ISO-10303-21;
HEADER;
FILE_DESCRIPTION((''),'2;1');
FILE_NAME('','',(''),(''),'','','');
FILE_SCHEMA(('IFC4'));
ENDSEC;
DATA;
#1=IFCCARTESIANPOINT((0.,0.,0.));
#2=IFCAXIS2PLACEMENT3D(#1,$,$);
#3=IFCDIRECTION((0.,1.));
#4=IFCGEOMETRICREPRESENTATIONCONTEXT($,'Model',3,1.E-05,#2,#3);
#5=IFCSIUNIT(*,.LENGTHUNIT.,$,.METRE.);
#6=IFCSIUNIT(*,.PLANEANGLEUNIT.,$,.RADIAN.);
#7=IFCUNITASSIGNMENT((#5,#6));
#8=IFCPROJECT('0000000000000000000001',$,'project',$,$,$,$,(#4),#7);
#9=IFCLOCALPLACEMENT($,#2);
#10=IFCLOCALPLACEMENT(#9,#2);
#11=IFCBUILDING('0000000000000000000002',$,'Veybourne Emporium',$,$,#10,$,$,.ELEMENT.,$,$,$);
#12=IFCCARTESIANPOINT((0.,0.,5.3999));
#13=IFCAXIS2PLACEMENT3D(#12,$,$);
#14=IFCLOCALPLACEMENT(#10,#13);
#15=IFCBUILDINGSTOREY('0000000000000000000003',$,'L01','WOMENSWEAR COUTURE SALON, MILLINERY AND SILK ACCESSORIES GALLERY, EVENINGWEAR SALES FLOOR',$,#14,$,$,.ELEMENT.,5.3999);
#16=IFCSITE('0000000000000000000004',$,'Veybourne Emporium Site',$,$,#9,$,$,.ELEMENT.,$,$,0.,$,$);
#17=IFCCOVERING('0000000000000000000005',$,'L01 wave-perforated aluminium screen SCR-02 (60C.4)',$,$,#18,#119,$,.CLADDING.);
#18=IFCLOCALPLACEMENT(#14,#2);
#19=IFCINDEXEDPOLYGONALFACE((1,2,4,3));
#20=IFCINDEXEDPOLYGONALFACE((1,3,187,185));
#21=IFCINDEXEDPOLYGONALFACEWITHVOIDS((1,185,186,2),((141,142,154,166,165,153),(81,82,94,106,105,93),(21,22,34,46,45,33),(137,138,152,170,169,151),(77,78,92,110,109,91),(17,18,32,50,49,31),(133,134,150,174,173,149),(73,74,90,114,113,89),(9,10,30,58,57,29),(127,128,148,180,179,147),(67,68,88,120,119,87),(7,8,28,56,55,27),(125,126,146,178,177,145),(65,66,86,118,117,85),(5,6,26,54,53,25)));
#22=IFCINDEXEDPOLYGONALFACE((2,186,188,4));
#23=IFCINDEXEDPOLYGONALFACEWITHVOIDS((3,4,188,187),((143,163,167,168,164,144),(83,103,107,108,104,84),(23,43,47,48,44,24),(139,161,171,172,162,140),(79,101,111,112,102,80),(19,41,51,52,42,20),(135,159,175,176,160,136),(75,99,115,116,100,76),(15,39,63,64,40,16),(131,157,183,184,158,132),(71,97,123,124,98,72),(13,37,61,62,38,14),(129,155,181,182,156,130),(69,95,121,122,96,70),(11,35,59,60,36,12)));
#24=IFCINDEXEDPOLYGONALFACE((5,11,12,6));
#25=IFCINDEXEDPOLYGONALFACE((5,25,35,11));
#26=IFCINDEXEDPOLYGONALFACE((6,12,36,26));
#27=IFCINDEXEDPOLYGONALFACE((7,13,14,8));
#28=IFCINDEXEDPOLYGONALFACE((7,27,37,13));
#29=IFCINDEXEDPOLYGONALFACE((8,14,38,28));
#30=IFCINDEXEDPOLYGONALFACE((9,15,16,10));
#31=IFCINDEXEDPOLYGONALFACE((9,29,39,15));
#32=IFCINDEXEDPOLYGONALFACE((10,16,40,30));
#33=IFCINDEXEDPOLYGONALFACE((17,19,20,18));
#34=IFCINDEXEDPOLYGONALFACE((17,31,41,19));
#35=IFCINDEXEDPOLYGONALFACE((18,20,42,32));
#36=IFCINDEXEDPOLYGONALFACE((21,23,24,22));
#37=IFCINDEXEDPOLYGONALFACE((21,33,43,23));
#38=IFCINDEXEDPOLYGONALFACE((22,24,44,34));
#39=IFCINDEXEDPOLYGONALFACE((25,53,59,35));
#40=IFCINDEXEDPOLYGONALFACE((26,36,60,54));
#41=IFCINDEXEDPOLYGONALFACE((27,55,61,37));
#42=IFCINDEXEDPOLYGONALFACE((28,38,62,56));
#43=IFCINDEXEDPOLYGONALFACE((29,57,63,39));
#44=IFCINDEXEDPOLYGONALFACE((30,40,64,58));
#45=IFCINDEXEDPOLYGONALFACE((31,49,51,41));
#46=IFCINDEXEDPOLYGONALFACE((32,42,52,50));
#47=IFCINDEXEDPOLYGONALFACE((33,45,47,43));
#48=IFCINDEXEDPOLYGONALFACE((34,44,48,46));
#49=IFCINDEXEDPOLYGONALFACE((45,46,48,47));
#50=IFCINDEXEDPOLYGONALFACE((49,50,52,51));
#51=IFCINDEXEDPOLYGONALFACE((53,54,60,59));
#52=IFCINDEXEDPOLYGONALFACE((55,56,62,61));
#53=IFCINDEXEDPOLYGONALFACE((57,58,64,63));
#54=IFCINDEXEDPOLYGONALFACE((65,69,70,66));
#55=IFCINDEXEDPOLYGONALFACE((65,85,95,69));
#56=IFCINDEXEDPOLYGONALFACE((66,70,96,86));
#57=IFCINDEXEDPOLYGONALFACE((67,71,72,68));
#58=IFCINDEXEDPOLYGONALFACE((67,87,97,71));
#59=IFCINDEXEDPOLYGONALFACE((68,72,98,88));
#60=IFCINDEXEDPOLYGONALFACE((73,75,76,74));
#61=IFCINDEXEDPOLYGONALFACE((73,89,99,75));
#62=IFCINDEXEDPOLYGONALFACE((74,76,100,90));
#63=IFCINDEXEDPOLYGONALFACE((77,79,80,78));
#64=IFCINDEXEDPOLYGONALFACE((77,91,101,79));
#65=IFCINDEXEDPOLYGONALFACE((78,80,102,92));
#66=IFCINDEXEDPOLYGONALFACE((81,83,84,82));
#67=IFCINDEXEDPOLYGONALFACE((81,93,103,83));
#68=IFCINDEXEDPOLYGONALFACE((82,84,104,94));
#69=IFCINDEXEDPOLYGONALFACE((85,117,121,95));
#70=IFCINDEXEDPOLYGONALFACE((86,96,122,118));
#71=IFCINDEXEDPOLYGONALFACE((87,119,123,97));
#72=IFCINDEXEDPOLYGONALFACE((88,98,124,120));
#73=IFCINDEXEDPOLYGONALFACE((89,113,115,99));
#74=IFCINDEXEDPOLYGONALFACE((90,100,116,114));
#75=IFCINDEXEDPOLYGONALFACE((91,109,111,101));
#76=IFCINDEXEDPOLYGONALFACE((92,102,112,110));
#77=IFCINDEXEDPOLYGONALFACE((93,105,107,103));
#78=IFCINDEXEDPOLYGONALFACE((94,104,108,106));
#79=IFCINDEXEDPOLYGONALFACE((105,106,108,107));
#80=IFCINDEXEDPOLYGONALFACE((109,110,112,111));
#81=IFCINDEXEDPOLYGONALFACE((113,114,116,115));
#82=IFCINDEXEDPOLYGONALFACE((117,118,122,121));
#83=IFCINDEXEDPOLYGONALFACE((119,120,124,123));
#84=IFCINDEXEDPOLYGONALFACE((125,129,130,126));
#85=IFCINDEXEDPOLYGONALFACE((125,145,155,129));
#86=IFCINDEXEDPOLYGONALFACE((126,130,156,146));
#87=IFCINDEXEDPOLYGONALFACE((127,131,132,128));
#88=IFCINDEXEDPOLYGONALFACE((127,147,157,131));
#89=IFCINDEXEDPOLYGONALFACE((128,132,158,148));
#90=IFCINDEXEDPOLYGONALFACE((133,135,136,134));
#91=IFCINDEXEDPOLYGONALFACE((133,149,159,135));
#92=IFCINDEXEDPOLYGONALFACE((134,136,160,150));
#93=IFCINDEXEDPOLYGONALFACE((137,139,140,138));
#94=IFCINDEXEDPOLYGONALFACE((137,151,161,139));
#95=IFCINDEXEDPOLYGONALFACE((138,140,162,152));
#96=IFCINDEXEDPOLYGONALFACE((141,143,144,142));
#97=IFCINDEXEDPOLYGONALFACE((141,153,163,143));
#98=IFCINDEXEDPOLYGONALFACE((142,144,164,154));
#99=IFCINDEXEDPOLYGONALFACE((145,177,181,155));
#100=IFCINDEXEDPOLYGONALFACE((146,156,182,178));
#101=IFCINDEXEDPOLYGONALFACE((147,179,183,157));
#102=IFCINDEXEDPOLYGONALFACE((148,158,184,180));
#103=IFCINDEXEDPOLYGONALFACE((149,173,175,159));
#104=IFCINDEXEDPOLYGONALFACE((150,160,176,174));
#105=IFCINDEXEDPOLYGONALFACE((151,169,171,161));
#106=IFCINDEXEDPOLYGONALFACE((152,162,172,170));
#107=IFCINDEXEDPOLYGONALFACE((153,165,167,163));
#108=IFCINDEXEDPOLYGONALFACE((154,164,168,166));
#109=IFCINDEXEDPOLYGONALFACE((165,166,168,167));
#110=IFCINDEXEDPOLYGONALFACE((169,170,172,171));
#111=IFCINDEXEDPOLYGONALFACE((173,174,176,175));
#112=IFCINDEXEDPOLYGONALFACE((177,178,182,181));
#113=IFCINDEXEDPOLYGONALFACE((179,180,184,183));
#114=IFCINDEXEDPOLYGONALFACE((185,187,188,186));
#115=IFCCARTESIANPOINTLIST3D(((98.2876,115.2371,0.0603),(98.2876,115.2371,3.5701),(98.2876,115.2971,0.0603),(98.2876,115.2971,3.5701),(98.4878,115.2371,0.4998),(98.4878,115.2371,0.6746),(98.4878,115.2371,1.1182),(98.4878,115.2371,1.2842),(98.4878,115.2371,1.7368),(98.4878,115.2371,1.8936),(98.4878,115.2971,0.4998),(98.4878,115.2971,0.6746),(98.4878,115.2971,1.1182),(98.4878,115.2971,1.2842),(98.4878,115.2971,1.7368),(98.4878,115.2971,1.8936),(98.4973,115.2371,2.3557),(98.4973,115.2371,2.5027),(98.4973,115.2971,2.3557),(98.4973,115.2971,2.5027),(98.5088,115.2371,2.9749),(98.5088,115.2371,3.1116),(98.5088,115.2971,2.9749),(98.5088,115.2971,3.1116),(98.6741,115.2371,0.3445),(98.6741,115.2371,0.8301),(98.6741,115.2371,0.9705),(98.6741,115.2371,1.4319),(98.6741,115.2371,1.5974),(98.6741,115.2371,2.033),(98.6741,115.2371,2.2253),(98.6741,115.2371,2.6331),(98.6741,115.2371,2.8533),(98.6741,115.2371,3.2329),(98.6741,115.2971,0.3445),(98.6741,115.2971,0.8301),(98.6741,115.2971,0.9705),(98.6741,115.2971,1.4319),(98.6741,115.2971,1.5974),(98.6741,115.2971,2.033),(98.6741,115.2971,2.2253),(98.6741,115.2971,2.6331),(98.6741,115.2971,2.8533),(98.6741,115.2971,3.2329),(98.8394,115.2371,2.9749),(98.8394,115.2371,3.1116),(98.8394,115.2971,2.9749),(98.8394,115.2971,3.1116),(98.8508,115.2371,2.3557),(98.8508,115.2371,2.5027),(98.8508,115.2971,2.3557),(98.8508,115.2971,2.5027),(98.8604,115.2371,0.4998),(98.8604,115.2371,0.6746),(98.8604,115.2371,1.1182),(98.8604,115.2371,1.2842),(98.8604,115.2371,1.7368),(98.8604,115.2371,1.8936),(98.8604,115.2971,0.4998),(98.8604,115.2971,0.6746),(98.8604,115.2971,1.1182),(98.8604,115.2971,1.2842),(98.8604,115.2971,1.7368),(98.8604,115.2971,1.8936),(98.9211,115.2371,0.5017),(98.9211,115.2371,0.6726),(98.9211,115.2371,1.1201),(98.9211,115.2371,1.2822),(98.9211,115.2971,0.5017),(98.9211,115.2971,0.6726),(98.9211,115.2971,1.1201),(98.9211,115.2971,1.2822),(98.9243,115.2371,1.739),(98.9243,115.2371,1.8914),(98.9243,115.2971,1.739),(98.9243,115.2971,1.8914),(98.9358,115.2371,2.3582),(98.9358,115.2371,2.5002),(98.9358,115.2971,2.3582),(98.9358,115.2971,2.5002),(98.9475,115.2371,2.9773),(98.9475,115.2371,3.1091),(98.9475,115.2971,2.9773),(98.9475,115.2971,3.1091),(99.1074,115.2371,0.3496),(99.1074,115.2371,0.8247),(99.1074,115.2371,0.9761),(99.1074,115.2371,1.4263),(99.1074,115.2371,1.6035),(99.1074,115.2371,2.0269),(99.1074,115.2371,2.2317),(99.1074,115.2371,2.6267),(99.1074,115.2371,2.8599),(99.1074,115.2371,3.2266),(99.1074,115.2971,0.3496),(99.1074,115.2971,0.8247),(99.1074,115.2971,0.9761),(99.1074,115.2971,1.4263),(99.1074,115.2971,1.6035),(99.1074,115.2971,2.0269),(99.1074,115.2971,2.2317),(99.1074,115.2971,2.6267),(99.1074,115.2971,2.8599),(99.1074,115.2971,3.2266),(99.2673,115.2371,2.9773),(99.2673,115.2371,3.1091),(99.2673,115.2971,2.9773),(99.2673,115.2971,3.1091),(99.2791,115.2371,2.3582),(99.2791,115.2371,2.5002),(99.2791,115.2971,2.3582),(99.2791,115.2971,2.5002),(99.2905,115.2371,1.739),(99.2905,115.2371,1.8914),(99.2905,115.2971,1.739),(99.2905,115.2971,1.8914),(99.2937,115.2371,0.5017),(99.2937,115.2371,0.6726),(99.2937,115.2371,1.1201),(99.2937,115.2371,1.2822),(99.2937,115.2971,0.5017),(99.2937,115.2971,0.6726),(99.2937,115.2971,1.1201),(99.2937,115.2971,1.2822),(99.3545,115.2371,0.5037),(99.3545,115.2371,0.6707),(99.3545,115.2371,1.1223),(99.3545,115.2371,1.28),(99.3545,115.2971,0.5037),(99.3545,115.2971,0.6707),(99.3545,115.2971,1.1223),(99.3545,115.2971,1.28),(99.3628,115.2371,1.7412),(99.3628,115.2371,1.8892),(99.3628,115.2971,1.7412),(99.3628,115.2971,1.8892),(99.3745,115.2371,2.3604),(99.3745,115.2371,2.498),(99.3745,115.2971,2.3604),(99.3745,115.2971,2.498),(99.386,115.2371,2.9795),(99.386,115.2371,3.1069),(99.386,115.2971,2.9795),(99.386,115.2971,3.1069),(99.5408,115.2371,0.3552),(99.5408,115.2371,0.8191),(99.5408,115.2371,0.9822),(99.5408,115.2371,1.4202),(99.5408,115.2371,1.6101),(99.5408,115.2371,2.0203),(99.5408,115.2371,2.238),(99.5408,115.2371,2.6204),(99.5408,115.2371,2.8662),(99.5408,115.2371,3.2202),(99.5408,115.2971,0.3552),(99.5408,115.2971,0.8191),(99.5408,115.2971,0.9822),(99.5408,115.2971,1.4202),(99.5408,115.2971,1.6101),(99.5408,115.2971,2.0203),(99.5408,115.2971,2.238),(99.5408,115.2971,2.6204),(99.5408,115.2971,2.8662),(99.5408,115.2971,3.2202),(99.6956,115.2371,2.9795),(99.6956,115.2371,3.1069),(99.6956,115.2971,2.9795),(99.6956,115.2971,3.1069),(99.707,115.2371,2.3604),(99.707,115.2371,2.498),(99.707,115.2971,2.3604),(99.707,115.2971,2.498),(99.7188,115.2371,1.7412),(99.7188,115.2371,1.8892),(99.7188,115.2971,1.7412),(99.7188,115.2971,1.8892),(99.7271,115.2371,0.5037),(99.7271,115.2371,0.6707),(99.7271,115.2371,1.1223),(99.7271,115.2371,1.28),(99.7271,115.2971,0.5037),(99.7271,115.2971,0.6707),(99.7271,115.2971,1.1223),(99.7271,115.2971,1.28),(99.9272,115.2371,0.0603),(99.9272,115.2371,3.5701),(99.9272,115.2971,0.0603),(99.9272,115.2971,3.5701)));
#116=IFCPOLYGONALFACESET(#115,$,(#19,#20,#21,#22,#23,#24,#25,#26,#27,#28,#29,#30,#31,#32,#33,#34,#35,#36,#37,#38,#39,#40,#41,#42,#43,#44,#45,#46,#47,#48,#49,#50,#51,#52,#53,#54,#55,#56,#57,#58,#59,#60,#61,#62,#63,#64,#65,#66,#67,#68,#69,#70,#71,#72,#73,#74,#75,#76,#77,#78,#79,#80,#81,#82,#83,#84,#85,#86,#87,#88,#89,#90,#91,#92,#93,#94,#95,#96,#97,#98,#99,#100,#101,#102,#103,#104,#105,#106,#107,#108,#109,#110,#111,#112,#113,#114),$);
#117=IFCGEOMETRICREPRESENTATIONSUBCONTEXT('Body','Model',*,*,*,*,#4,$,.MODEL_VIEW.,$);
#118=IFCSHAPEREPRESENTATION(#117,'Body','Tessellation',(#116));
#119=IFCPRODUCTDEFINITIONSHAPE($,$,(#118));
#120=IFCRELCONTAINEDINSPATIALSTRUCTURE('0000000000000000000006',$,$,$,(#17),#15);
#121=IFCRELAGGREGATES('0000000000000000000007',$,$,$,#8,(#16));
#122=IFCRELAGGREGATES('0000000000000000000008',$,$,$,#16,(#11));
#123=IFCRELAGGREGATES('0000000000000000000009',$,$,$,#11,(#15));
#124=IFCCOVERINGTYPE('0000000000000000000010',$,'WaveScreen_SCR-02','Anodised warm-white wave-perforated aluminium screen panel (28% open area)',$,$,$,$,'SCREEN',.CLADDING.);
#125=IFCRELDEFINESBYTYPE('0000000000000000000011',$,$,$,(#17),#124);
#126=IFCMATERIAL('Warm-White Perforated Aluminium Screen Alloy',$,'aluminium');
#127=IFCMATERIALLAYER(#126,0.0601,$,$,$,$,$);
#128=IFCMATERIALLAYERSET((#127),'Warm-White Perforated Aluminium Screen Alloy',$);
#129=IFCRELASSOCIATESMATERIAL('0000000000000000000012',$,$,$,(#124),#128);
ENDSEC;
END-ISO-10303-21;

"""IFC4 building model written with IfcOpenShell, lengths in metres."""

from ifc_helpers import new_model, si_unit, direction, frame, origin, place, context, subcontext, project, spatial, polyline, outline, extrude, material, layer, layer_set, type_object, element, save


model = new_model("IFC4")

# Units and contexts
model_context = context("Model", 3, precision=1e-05, world=origin(), true_north=direction((0.0, 1.0)))
body_context = subcontext(model_context, "Body", "Model", "MODEL_VIEW")
ifc_project = project(units=[si_unit("LENGTHUNIT", "METRE"), si_unit("PLANEANGLEUNIT", "RADIAN")], contexts=[model_context])

# Site, building, storey
site_placement = place(None, origin())
site = spatial("IfcSite", under=ifc_project, at=site_placement, Name="Veybourne Emporium Site", CompositionType="ELEMENT", RefElevation=0.0)
building_placement = place(site_placement, origin())
building = spatial("IfcBuilding", under=site, at=building_placement, Name="Veybourne Emporium", CompositionType="ELEMENT")
storey_placement = place(building_placement, frame((0.0, 0.0, 5.3999)))
storey = spatial("IfcBuildingStorey", under=building, at=storey_placement, Name="L01", Description="WOMENSWEAR COUTURE SALON, MILLINERY AND SILK ACCESSORIES GALLERY, EVENINGWEAR SALES FLOOR", CompositionType="ELEMENT", Elevation=5.3999)

# Covering
ifc_material_1 = material(Name="Warm-White Perforated Aluminium Screen Alloy", Category="aluminium")
ifc_layer_1 = layer(ifc_material_1, 0.0601)
ifc_layer_set_1 = layer_set([ifc_layer_1], Name="Warm-White Perforated Aluminium Screen Alloy")
covering_type_1 = type_object("IfcCoveringType", Name="WaveScreen_SCR-02", Description="Anodised warm-white wave-perforated aluminium screen panel (28% open area)", ElementType="SCREEN", PredefinedType="CLADDING", material=ifc_layer_set_1)
covering_1_placement = place(storey_placement, frame((99.1074, 115.2971, 1.8152), z_axis=(0.0, -1.0, 0.0), x_axis=(1.0, 0.0, 0.0)))
element("IfcCovering", 1, at=covering_1_placement, inside=storey, type_object=covering_type_1, Name="L01 wave-perforated aluminium screen SCR-02 (60C.4)", PredefinedType="CLADDING", context=body_context, shape_type="SweptSolid", body=[
    extrude(outline(polyline([(-0.8198, -1.7549), (0.8198, -1.7549), (0.8198, 1.7549), (-0.8198, 1.7549), (-0.8198, -1.7549)]), holes=[polyline([(-0.4333, -0.9851), (-0.2471, -1.1406), (-0.2471, -1.3154), (-0.4333, -1.4707), (-0.6196, -1.3154), (-0.6196, -1.1406), (-0.4333, -0.9851)]), polyline([(-0.4333, -0.3833), (-0.2471, -0.531), (-0.2471, -0.697), (-0.4333, -0.8447), (-0.6196, -0.697), (-0.6196, -0.531), (-0.4333, -0.3833)]), polyline([(-0.4333, 0.2178), (-0.2471, 0.0784), (-0.2471, -0.0784), (-0.4333, -0.2178), (-0.6196, -0.0784), (-0.6196, 0.0784), (-0.4333, 0.2178)]), polyline([(-0.4333, 0.8179), (-0.2566, 0.6875), (-0.2566, 0.5405), (-0.4333, 0.4102), (-0.6101, 0.5405), (-0.6101, 0.6875), (-0.4333, 0.8179)]), polyline([(-0.4333, 1.4177), (-0.2681, 1.2964), (-0.2681, 1.1597), (-0.4333, 1.0381), (-0.5986, 1.1597), (-0.5986, 1.2964), (-0.4333, 1.4177)]), polyline([(0.0, -0.9905), (0.1863, -1.1426), (0.1863, -1.3135), (0.0, -1.4656), (-0.1863, -1.3135), (-0.1863, -1.1426), (0.0, -0.9905)]), polyline([(0.0, -0.3889), (0.1863, -0.533), (0.1863, -0.6951), (0.0, -0.8391), (-0.1863, -0.6951), (-0.1863, -0.533), (0.0, -0.3889)]), polyline([(0.0, 0.2117), (0.1831, 0.0762), (0.1831, -0.0762), (0.0, -0.2117), (-0.1831, -0.0762), (-0.1831, 0.0762), (0.0, 0.2117)]), polyline([(0.0, 0.8115), (0.1716, 0.6851), (0.1716, 0.543), (0.0, 0.4165), (-0.1716, 0.543), (-0.1716, 0.6851), (0.0, 0.8115)]), polyline([(0.0, 1.4114), (0.1599, 1.2939), (0.1599, 1.1621), (0.0, 1.0447), (-0.1599, 1.1621), (-0.1599, 1.2939), (0.0, 1.4114)]), polyline([(0.4333, -0.9961), (0.6196, -1.1445), (0.6196, -1.3115), (0.4333, -1.46), (0.2471, -1.3115), (0.2471, -1.1445), (0.4333, -0.9961)]), polyline([(0.4333, -0.395), (0.6196, -0.5352), (0.6196, -0.6929), (0.4333, -0.833), (0.2471, -0.6929), (0.2471, -0.5352), (0.4333, -0.395)]), polyline([(0.4333, 0.2051), (0.6113, 0.074), (0.6113, -0.074), (0.4333, -0.2051), (0.2554, -0.074), (0.2554, 0.074), (0.4333, 0.2051)]), polyline([(0.4333, 0.8052), (0.5996, 0.6829), (0.5996, 0.5452), (0.4333, 0.4229), (0.2671, 0.5452), (0.2671, 0.6829), (0.4333, 0.8052)]), polyline([(0.4333, 1.405), (0.5881, 1.2917), (0.5881, 1.1643), (0.4333, 1.051), (0.2786, 1.1643), (0.2786, 1.2917), (0.4333, 1.405)])]), origin(), (0.0, 0.0, 1.0), 0.0601),
])

save(model, "model.ifc")
